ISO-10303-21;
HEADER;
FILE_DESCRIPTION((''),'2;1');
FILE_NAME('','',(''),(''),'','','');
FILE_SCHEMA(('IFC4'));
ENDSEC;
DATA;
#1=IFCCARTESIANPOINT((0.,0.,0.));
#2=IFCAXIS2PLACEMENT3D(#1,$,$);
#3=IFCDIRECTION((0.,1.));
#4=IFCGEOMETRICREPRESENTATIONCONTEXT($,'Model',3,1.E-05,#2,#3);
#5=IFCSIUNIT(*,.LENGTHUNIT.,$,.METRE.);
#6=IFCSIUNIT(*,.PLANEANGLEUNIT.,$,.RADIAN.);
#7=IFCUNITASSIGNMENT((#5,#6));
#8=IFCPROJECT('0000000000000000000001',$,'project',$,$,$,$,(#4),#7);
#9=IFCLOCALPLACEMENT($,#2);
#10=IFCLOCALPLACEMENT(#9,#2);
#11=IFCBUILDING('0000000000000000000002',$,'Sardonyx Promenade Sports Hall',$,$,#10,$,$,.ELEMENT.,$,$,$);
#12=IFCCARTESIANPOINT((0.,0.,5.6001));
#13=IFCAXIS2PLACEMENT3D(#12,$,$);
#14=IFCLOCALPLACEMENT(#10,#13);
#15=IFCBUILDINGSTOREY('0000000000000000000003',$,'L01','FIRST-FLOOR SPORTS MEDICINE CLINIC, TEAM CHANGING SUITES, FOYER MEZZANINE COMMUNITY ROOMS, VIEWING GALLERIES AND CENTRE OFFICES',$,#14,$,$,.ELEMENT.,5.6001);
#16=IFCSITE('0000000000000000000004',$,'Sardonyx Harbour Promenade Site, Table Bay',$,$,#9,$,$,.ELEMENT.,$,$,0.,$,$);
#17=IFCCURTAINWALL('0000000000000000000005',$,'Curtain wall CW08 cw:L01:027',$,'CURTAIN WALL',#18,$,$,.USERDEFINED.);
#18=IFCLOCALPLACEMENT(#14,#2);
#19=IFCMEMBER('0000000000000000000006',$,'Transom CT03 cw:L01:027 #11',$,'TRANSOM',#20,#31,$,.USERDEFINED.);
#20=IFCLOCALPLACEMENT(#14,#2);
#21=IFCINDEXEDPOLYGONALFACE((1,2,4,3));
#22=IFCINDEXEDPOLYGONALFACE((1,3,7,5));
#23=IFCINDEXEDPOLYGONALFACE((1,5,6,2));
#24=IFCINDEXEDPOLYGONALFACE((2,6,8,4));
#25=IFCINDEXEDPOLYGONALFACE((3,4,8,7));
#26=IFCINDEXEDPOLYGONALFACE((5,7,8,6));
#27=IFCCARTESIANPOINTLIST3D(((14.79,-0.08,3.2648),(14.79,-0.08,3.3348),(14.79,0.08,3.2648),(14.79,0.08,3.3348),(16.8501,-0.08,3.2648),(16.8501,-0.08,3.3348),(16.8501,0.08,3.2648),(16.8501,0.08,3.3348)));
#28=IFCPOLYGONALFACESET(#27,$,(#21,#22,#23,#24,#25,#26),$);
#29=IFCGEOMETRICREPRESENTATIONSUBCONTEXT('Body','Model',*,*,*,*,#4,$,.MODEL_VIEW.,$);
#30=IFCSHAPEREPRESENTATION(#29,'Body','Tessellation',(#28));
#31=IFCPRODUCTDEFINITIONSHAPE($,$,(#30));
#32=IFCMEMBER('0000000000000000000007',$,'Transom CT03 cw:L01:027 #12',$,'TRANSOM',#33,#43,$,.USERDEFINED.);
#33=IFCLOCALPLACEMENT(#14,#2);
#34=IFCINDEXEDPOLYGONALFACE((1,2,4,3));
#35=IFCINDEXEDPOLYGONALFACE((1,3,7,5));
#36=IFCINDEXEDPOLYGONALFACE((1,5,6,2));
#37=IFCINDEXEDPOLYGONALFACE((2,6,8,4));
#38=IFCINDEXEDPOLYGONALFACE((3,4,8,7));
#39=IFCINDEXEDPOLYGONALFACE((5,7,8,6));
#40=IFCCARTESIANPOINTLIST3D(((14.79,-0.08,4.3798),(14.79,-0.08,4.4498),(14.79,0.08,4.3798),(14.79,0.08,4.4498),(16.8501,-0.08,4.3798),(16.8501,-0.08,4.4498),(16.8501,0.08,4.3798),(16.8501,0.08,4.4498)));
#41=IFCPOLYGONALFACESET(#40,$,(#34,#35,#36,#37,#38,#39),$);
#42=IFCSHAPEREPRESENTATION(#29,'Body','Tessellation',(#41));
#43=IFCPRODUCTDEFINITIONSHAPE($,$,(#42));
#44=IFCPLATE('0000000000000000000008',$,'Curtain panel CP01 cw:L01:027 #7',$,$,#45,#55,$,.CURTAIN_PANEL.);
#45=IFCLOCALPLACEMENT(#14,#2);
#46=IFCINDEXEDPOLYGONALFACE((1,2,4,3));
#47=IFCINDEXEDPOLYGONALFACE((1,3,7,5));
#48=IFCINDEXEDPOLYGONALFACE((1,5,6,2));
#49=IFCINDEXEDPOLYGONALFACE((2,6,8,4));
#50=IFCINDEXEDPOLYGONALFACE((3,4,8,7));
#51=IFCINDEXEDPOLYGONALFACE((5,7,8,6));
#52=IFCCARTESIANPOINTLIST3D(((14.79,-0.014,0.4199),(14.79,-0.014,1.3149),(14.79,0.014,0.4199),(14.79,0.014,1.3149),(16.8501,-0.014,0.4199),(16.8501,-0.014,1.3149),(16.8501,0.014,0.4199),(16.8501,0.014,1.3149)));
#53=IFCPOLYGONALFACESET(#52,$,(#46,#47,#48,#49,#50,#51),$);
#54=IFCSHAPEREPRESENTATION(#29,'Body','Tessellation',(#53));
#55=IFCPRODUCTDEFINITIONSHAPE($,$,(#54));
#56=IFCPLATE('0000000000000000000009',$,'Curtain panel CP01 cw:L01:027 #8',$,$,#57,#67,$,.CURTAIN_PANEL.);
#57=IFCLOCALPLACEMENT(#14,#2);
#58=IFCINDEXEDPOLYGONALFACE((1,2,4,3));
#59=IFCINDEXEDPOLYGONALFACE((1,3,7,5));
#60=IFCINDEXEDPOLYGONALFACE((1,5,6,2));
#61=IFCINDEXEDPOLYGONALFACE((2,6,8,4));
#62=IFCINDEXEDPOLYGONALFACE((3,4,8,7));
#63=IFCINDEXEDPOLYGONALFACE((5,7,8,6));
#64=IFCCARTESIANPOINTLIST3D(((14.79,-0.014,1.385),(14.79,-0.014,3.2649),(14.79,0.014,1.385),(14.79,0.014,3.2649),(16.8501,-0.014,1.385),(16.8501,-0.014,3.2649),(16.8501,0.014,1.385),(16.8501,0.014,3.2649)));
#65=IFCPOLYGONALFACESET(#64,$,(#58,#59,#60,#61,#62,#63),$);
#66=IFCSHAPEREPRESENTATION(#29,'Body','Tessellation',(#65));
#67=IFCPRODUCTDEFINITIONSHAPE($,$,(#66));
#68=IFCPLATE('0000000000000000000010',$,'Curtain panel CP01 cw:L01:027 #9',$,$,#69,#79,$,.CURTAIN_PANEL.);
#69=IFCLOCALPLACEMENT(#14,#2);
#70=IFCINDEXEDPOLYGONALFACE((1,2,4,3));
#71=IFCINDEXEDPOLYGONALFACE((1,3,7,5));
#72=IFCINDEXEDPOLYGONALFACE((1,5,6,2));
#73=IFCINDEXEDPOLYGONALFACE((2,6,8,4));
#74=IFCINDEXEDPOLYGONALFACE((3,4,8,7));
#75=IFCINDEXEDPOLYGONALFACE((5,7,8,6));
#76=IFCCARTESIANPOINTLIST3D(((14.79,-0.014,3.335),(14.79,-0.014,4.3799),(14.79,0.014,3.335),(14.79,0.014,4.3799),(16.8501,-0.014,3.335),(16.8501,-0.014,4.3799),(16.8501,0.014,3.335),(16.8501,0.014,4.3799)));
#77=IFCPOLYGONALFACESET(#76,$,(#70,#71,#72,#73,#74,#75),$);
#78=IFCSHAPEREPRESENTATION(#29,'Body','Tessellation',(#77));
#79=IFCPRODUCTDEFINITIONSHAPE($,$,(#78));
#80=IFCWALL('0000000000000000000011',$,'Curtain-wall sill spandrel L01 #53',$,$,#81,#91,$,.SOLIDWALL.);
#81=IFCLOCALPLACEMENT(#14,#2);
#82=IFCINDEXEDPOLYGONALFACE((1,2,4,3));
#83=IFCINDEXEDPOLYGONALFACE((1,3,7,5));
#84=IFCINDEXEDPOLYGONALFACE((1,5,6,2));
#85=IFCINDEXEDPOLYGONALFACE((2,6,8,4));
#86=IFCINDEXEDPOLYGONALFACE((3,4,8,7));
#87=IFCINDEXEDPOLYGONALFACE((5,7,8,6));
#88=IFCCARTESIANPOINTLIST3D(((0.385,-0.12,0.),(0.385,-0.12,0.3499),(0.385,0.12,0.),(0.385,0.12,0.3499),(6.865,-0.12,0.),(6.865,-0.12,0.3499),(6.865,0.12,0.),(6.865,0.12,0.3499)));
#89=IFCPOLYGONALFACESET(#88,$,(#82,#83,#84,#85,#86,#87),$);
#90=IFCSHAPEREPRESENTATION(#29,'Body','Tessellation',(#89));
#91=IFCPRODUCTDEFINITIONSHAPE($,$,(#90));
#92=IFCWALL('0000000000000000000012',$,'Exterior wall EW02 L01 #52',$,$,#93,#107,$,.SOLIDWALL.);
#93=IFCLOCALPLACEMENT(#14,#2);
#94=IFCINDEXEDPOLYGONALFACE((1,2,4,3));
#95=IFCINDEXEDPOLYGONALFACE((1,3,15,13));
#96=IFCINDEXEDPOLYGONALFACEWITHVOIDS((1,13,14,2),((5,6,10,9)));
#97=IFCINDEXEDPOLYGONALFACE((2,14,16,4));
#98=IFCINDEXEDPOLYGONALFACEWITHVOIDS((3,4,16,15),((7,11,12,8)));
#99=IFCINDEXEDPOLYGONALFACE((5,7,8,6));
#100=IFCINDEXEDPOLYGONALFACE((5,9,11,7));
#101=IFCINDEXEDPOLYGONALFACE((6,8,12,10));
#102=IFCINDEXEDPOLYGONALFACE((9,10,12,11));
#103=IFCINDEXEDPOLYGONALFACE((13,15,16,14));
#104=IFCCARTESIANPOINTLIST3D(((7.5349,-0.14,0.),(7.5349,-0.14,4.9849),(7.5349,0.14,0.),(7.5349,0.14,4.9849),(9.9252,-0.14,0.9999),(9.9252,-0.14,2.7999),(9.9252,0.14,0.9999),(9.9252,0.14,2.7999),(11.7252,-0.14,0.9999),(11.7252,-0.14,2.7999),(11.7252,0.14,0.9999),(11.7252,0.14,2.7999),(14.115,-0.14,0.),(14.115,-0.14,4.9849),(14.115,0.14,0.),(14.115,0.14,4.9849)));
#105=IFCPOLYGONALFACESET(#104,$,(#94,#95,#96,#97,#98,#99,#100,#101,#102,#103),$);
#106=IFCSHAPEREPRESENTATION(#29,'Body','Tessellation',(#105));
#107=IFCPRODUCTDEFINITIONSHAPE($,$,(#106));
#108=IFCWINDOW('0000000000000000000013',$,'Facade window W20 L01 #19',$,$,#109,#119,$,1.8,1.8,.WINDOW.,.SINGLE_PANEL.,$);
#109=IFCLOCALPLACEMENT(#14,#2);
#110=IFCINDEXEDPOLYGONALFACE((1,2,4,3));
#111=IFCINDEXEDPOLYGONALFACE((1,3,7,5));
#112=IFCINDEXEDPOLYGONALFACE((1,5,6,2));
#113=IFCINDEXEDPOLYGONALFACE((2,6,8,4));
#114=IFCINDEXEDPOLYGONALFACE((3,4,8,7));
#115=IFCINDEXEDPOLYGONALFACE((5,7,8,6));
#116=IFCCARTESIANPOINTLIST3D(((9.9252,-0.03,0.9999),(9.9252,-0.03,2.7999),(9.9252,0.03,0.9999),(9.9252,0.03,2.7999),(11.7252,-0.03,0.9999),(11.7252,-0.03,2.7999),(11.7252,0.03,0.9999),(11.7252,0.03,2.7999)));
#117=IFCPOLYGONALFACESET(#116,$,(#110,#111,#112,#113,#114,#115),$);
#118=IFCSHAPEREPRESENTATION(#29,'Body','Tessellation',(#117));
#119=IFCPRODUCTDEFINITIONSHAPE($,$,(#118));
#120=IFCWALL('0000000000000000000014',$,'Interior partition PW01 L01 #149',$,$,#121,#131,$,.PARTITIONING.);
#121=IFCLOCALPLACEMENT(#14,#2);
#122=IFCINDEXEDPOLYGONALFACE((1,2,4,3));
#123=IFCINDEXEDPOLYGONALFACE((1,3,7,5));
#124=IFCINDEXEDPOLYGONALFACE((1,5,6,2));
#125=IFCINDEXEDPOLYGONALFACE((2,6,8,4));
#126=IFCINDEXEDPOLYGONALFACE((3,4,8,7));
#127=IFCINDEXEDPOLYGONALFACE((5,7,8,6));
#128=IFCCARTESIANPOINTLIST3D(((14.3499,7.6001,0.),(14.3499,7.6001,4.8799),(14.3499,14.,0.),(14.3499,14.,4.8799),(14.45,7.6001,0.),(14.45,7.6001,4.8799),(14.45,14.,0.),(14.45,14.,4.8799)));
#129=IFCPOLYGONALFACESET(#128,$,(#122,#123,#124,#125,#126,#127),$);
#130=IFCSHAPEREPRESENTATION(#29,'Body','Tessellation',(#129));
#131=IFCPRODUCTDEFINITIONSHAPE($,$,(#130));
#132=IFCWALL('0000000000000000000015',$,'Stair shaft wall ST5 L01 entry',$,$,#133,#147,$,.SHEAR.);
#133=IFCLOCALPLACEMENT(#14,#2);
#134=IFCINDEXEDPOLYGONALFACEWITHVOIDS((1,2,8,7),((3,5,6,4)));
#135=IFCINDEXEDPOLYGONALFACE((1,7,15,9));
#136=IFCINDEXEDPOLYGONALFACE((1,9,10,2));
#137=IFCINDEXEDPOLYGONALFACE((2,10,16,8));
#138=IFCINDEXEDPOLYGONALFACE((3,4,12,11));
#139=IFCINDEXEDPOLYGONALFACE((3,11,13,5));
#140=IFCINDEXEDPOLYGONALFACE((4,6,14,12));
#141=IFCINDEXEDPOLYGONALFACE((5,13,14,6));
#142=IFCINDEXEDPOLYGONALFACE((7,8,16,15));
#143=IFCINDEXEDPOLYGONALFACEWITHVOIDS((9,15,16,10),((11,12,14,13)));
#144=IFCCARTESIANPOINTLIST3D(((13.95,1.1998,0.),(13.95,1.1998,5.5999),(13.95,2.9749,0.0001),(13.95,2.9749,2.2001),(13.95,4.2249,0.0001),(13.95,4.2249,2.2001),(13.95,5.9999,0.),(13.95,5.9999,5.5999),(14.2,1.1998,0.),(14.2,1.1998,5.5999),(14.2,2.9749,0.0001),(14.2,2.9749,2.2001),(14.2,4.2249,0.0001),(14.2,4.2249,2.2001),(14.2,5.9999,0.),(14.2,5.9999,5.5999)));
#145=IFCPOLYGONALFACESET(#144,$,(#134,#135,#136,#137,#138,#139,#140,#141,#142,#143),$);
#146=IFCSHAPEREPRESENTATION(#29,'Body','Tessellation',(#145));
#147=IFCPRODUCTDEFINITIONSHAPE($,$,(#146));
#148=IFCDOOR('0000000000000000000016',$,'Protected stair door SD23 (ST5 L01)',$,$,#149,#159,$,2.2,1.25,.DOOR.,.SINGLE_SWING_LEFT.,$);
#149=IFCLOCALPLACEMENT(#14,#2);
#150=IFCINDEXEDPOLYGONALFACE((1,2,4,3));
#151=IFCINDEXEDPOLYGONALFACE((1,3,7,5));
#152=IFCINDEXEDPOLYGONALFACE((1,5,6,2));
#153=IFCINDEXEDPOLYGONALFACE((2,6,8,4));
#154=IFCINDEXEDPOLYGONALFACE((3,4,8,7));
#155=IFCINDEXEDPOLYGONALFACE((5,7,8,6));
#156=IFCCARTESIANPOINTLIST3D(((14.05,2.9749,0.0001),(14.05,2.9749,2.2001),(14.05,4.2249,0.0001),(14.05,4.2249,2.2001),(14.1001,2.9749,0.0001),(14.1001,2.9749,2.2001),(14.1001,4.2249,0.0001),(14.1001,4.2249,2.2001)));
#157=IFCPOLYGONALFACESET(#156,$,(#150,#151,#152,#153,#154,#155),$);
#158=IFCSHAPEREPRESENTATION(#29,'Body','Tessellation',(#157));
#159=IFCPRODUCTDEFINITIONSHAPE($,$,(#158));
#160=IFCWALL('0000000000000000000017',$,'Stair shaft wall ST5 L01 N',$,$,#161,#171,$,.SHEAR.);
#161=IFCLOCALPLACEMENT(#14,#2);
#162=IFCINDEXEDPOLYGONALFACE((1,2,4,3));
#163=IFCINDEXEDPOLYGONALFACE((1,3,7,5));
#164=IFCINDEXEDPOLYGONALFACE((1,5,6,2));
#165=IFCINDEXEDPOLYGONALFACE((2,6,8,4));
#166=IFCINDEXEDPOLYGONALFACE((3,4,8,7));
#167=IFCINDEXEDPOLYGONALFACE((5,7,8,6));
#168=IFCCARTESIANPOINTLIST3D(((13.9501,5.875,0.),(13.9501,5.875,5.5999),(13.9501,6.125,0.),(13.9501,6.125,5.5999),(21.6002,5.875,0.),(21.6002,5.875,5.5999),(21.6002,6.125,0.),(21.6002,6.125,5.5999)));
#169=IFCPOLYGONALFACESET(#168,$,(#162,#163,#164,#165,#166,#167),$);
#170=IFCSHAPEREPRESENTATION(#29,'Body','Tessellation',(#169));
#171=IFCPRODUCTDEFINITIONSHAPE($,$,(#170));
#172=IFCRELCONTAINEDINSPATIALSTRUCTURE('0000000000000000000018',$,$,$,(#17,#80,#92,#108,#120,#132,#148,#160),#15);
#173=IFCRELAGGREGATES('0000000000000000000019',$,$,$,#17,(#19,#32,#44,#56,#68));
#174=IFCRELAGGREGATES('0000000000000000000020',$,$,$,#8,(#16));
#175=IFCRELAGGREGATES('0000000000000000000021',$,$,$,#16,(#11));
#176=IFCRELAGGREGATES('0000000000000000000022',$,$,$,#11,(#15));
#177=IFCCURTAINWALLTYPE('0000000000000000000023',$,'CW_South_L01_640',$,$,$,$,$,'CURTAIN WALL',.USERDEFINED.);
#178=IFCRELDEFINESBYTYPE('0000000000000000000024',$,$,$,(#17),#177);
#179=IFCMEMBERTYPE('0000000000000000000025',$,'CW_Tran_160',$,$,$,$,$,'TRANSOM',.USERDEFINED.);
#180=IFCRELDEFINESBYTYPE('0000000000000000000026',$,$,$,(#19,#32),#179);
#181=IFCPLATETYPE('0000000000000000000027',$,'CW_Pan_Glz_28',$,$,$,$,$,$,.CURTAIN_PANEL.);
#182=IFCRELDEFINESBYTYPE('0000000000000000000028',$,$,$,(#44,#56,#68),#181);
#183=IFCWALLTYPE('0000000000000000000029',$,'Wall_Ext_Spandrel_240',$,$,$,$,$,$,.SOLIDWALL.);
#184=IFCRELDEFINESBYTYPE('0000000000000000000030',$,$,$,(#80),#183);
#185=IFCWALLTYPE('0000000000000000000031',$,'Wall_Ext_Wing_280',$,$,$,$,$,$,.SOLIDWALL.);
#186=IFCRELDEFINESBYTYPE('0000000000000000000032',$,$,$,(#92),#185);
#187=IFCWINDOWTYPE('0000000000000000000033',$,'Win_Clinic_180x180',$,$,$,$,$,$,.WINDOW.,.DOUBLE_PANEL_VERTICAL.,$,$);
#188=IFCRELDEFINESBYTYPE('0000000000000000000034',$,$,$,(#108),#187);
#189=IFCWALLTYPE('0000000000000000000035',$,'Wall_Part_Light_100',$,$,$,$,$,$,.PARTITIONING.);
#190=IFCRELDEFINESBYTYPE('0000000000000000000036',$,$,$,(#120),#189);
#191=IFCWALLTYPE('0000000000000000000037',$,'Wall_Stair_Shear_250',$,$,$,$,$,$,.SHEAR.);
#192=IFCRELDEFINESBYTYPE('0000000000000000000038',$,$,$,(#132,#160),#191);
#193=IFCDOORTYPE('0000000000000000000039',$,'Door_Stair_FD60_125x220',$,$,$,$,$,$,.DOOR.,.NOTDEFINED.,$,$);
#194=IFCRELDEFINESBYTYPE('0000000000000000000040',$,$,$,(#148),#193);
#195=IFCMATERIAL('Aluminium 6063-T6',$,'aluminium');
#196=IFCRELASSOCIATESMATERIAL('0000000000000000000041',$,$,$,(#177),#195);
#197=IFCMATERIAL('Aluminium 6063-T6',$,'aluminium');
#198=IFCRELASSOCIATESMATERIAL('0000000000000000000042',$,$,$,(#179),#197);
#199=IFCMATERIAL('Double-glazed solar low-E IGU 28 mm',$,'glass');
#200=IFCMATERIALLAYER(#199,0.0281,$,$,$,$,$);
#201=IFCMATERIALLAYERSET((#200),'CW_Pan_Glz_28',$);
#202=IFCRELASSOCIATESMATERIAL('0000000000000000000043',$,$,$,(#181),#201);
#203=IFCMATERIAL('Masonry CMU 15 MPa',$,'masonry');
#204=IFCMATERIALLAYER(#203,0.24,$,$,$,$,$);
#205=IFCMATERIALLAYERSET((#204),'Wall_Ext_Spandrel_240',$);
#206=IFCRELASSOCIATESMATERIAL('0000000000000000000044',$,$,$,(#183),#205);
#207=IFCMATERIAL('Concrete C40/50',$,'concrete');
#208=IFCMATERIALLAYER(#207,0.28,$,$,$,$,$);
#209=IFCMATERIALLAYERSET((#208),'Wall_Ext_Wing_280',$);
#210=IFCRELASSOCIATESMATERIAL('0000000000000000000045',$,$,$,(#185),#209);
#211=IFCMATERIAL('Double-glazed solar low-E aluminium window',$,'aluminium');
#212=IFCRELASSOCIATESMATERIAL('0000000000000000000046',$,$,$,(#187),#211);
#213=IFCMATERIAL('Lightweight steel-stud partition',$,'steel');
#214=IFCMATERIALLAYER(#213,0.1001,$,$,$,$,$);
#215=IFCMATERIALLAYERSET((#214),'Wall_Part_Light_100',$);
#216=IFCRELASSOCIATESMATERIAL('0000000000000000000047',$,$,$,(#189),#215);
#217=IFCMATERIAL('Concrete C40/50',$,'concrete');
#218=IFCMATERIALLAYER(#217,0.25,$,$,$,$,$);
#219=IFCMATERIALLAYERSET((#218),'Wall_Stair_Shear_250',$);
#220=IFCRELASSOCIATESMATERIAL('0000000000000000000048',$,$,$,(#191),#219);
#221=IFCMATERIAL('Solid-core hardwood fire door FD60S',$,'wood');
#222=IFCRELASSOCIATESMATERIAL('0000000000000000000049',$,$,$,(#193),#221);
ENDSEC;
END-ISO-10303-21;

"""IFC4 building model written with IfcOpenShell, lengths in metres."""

from ifc_helpers import new_model, si_unit, direction, frame, frame_2d, origin, origin_2d, place, context, subcontext, project, spatial, rectangle, extrude, material, layer, layer_set, material_profile, profile_set, type_object, element, fill, aggregate, save


model = new_model("IFC4")

# Units and contexts
model_context = context("Model", 3, precision=1e-05, world=origin(), true_north=direction((0.0, 1.0)))
body_context = subcontext(model_context, "Body", "Model", "MODEL_VIEW")
ifc_project = project(units=[si_unit("LENGTHUNIT", "METRE"), si_unit("PLANEANGLEUNIT", "RADIAN")], contexts=[model_context])

# Site, building, storey
site_placement = place(None, origin())
site = spatial("IfcSite", under=ifc_project, at=site_placement, Name="Sardonyx Harbour Promenade Site, Table Bay", CompositionType="ELEMENT", RefElevation=0.0)
building_placement = place(site_placement, origin())
building = spatial("IfcBuilding", under=site, at=building_placement, Name="Sardonyx Promenade Sports Hall", CompositionType="ELEMENT")
storey_placement = place(building_placement, frame((0.0, 0.0, 5.6001)))
storey = spatial("IfcBuildingStorey", under=building, at=storey_placement, Name="L01", Description="FIRST-FLOOR SPORTS MEDICINE CLINIC, TEAM CHANGING SUITES, FOYER MEZZANINE COMMUNITY ROOMS, VIEWING GALLERIES AND CENTRE OFFICES", CompositionType="ELEMENT", Elevation=5.6001)

# Curtain wall, members, plates
ifc_material_1 = material(Name="Aluminium 6063-T6", Category="aluminium")
curtain_wall_type = type_object("IfcCurtainWallType", Name="CW_South_L01_640", ElementType="CURTAIN WALL", PredefinedType="USERDEFINED", material=ifc_material_1)
curtain_wall_placement = place(storey_placement, origin())
curtain_wall = element("IfcCurtainWall", 1, at=curtain_wall_placement, inside=storey, type_object=curtain_wall_type, Name="Curtain wall CW08 cw:L01:027", ObjectType="CURTAIN WALL", PredefinedType="USERDEFINED")
ifc_material_2 = material(Name="Aluminium 6063-T6", Category="aluminium")
ifc_material_profile_1 = material_profile(ifc_material_2, rectangle(XDim=0.0701, YDim=0.1599, at=origin_2d()))
ifc_profile_set_1 = profile_set([ifc_material_profile_1], Name="Aluminium 6063-T6")
member_type_1 = type_object("IfcMemberType", Name="CW_Tran_160", ElementType="TRANSOM", PredefinedType="USERDEFINED", material=ifc_profile_set_1)
member_1_placement = place(storey_placement, frame((16.8501, 0.0, 3.2998), z_axis=(-1.0, 0.0, 0.0), x_axis=(0.0, 0.0, 1.0)))
member_1 = element("IfcMember", 2, at=member_1_placement, type_object=member_type_1, Name="Transom CT03 cw:L01:027 #11", ObjectType="TRANSOM", PredefinedType="USERDEFINED", context=body_context, shape_type="SweptSolid", body=[
    extrude(rectangle(XDim=0.0701, YDim=0.1599, at=origin_2d()), origin(), (0.0, 0.0, 1.0), 2.0601),
])
member_2_placement = place(storey_placement, frame((16.8501, 0.0, 4.4148), z_axis=(-1.0, 0.0, 0.0), x_axis=(0.0, 0.0, 1.0)))
member_2 = element("IfcMember", 3, at=member_2_placement, type_object=member_type_1, Name="Transom CT03 cw:L01:027 #12", ObjectType="TRANSOM", PredefinedType="USERDEFINED", context=body_context, shape_type="SweptSolid", body=[
    extrude(rectangle(XDim=0.0701, YDim=0.1599, at=origin_2d()), origin(), (0.0, 0.0, 1.0), 2.0601),
])
ifc_material_3 = material(Name="Double-glazed solar low-E IGU 28 mm", Category="glass")
ifc_layer_1 = layer(ifc_material_3, 0.0281)
ifc_layer_set_1 = layer_set([ifc_layer_1], Name="CW_Pan_Glz_28")
plate_type = type_object("IfcPlateType", Name="CW_Pan_Glz_28", PredefinedType="CURTAIN_PANEL", material=ifc_layer_set_1)
plate_1_placement = place(storey_placement, frame((15.8201, 0.0, 0.4199), z_axis=(0.0, 0.0, 1.0), x_axis=(-1.0, 0.0, 0.0)))
plate_1 = element("IfcPlate", 4, at=plate_1_placement, type_object=plate_type, Name="Curtain panel CP01 cw:L01:027 #7", PredefinedType="CURTAIN_PANEL", context=body_context, shape_type="SweptSolid", body=[
    extrude(rectangle(XDim=2.0601, YDim=0.0281, at=origin_2d()), origin(), (0.0, 0.0, 1.0), 0.895),
])
plate_2_placement = place(storey_placement, frame((15.8201, 0.0, 1.385), z_axis=(0.0, 0.0, 1.0), x_axis=(-1.0, 0.0, 0.0)))
plate_2 = element("IfcPlate", 5, at=plate_2_placement, type_object=plate_type, Name="Curtain panel CP01 cw:L01:027 #8", PredefinedType="CURTAIN_PANEL", context=body_context, shape_type="SweptSolid", body=[
    extrude(rectangle(XDim=2.0601, YDim=0.0281, at=origin_2d()), origin(), (0.0, 0.0, 1.0), 1.8799),
])
plate_3_placement = place(storey_placement, frame((15.8201, 0.0, 3.335), z_axis=(0.0, 0.0, 1.0), x_axis=(-1.0, 0.0, 0.0)))
plate_3 = element("IfcPlate", 6, at=plate_3_placement, type_object=plate_type, Name="Curtain panel CP01 cw:L01:027 #9", PredefinedType="CURTAIN_PANEL", context=body_context, shape_type="SweptSolid", body=[
    extrude(rectangle(XDim=2.0601, YDim=0.0281, at=origin_2d()), origin(), (0.0, 0.0, 1.0), 1.0449),
])
aggregate(curtain_wall, [member_1, member_2, plate_1, plate_2, plate_3])

# Wall
ifc_material_4 = material(Name="Masonry CMU 15 MPa", Category="masonry")
ifc_layer_2 = layer(ifc_material_4, 0.24)
ifc_layer_set_2 = layer_set([ifc_layer_2], Name="Wall_Ext_Spandrel_240")
wall_type_1 = type_object("IfcWallType", Name="Wall_Ext_Spandrel_240", PredefinedType="SOLIDWALL", material=ifc_layer_set_2)
wall_1_placement = place(storey_placement, frame((6.865, 0.0, 0.0), z_axis=(0.0, 0.0, 1.0), x_axis=(-1.0, 0.0, 0.0)))
element("IfcWall", 7, at=wall_1_placement, inside=storey, type_object=wall_type_1, Name="Curtain-wall sill spandrel L01 #53", PredefinedType="SOLIDWALL", context=body_context, shape_type="SweptSolid", body=[
    extrude(rectangle(XDim=6.48, YDim=0.24, at=frame_2d((3.24, 0.0))), origin(), (0.0, 0.0, 1.0), 0.3499),
])

# Wall, opening, window
ifc_material_5 = material(Name="Concrete C40/50", Category="concrete")
ifc_layer_3 = layer(ifc_material_5, 0.28)
ifc_layer_set_3 = layer_set([ifc_layer_3], Name="Wall_Ext_Wing_280")
wall_type_2 = type_object("IfcWallType", Name="Wall_Ext_Wing_280", PredefinedType="SOLIDWALL", material=ifc_layer_set_3)
wall_2_placement = place(storey_placement, frame((14.115, 0.0, 0.0), z_axis=(0.0, 0.0, 1.0), x_axis=(-1.0, 0.0, 0.0)))
wall_2 = element("IfcWall", 8, at=wall_2_placement, inside=storey, type_object=wall_type_2, Name="Exterior wall EW02 L01 #52", PredefinedType="SOLIDWALL", context=body_context, shape_type="SweptSolid", body=[
    extrude(rectangle(XDim=6.5801, YDim=0.28, at=frame_2d((3.29, 0.0))), origin(), (0.0, 0.0, 1.0), 4.9849),
])
opening_1_placement = place(wall_2_placement, frame((2.3899, 0.0, 1.0)))
opening_1 = element("IfcOpeningElement", 9, at=opening_1_placement, cuts=wall_2, PredefinedType="OPENING", context=body_context, shape_type="SweptSolid", body=[
    extrude(rectangle(XDim=1.8, YDim=1.8, at=frame_2d((0.8999, 0.8999))), frame((0.0, 0.15, 0.0), z_axis=(0.0, -1.0, 0.0), x_axis=(1.0, 0.0, 0.0)), (0.0, 0.0, 1.0), 0.3),
])
ifc_material_6 = material(Name="Double-glazed solar low-E aluminium window", Category="aluminium")
window_type = type_object("IfcWindowType", Name="Win_Clinic_180x180", PartitioningType="DOUBLE_PANEL_VERTICAL", PredefinedType="WINDOW", material=ifc_material_6)
window_placement = place(opening_1_placement, origin())
window = element("IfcWindow", 10, at=window_placement, inside=storey, type_object=window_type, Name="Facade window W20 L01 #19", OverallHeight=1.8, OverallWidth=1.8, PartitioningType="SINGLE_PANEL", PredefinedType="WINDOW", context=body_context, shape_type="SweptSolid", body=[
    extrude(rectangle(XDim=1.8, YDim=1.8, at=frame_2d((0.8999, 0.8999))), frame((0.0, 0.03, 0.0), z_axis=(0.0, -1.0, 0.0), x_axis=(1.0, 0.0, 0.0)), (0.0, 0.0, 1.0), 0.0601),
])
fill(opening_1, window)

# Wall
ifc_material_7 = material(Name="Lightweight steel-stud partition", Category="steel")
ifc_layer_4 = layer(ifc_material_7, 0.1001)
ifc_layer_set_4 = layer_set([ifc_layer_4], Name="Wall_Part_Light_100")
wall_type_3 = type_object("IfcWallType", Name="Wall_Part_Light_100", PredefinedType="PARTITIONING", material=ifc_layer_set_4)
wall_3_placement = place(storey_placement, frame((14.3999, 7.6001, 0.0), z_axis=(0.0, 0.0, 1.0), x_axis=(0.0, 1.0, 0.0)))
element("IfcWall", 11, at=wall_3_placement, inside=storey, type_object=wall_type_3, Name="Interior partition PW01 L01 #149", PredefinedType="PARTITIONING", context=body_context, shape_type="SweptSolid", body=[
    extrude(rectangle(XDim=6.3999, YDim=0.1001, at=frame_2d((3.2, 0.0))), origin(), (0.0, 0.0, 1.0), 4.8799),
])

# Wall, opening, door
ifc_material_8 = material(Name="Concrete C40/50", Category="concrete")
ifc_layer_5 = layer(ifc_material_8, 0.25)
ifc_layer_set_5 = layer_set([ifc_layer_5], Name="Wall_Stair_Shear_250")
wall_type_4 = type_object("IfcWallType", Name="Wall_Stair_Shear_250", PredefinedType="SHEAR", material=ifc_layer_set_5)
wall_4_placement = place(storey_placement, frame((14.075, 1.2, 0.0), z_axis=(0.0, 0.0, 1.0), x_axis=(0.0, 1.0, 0.0)))
wall_4 = element("IfcWall", 12, at=wall_4_placement, inside=storey, type_object=wall_type_4, Name="Stair shaft wall ST5 L01 entry", PredefinedType="SHEAR", context=body_context, shape_type="SweptSolid", body=[
    extrude(rectangle(XDim=4.8, YDim=0.25, at=frame_2d((2.3999, 0.0))), origin(), (0.0, 0.0, 1.0), 5.5999),
])
opening_2_placement = place(wall_4_placement, frame((1.7749, 0.0, 0.0)))
opening_2 = element("IfcOpeningElement", 13, at=opening_2_placement, cuts=wall_4, PredefinedType="OPENING", context=body_context, shape_type="SweptSolid", body=[
    extrude(rectangle(XDim=1.25, YDim=2.2, at=frame_2d((0.625, 1.1001))), frame((0.0, 0.135, 0.0), z_axis=(0.0, -1.0, 0.0), x_axis=(1.0, 0.0, 0.0)), (0.0, 0.0, 1.0), 0.27),
])
ifc_material_9 = material(Name="Solid-core hardwood fire door FD60S", Category="wood")
door_type = type_object("IfcDoorType", Name="Door_Stair_FD60_125x220", OperationType="NOTDEFINED", PredefinedType="DOOR", material=ifc_material_9)
door_placement = place(opening_2_placement, origin())
door = element("IfcDoor", 14, at=door_placement, inside=storey, type_object=door_type, Name="Protected stair door SD23 (ST5 L01)", OperationType="SINGLE_SWING_LEFT", OverallHeight=2.2, OverallWidth=1.25, PredefinedType="DOOR", context=body_context, shape_type="SweptSolid", body=[
    extrude(rectangle(XDim=1.25, YDim=2.2, at=frame_2d((0.625, 1.1001))), frame((0.0, 0.0249, 0.0), z_axis=(0.0, -1.0, 0.0), x_axis=(1.0, 0.0, 0.0)), (0.0, 0.0, 1.0), 0.05),
])
fill(opening_2, door)

# Wall
wall_5_placement = place(storey_placement, frame((13.95, 6.0, 0.0), z_axis=(0.0, 0.0, 1.0), x_axis=(1.0, 0.0, 0.0)))
element("IfcWall", 15, at=wall_5_placement, inside=storey, type_object=wall_type_4, Name="Stair shaft wall ST5 L01 N", PredefinedType="SHEAR", context=body_context, shape_type="SweptSolid", body=[
    extrude(rectangle(XDim=7.6501, YDim=0.25, at=frame_2d((3.8252, 0.0))), origin(), (0.0, 0.0, 1.0), 5.5999),
])

save(model, "model.ifc")
